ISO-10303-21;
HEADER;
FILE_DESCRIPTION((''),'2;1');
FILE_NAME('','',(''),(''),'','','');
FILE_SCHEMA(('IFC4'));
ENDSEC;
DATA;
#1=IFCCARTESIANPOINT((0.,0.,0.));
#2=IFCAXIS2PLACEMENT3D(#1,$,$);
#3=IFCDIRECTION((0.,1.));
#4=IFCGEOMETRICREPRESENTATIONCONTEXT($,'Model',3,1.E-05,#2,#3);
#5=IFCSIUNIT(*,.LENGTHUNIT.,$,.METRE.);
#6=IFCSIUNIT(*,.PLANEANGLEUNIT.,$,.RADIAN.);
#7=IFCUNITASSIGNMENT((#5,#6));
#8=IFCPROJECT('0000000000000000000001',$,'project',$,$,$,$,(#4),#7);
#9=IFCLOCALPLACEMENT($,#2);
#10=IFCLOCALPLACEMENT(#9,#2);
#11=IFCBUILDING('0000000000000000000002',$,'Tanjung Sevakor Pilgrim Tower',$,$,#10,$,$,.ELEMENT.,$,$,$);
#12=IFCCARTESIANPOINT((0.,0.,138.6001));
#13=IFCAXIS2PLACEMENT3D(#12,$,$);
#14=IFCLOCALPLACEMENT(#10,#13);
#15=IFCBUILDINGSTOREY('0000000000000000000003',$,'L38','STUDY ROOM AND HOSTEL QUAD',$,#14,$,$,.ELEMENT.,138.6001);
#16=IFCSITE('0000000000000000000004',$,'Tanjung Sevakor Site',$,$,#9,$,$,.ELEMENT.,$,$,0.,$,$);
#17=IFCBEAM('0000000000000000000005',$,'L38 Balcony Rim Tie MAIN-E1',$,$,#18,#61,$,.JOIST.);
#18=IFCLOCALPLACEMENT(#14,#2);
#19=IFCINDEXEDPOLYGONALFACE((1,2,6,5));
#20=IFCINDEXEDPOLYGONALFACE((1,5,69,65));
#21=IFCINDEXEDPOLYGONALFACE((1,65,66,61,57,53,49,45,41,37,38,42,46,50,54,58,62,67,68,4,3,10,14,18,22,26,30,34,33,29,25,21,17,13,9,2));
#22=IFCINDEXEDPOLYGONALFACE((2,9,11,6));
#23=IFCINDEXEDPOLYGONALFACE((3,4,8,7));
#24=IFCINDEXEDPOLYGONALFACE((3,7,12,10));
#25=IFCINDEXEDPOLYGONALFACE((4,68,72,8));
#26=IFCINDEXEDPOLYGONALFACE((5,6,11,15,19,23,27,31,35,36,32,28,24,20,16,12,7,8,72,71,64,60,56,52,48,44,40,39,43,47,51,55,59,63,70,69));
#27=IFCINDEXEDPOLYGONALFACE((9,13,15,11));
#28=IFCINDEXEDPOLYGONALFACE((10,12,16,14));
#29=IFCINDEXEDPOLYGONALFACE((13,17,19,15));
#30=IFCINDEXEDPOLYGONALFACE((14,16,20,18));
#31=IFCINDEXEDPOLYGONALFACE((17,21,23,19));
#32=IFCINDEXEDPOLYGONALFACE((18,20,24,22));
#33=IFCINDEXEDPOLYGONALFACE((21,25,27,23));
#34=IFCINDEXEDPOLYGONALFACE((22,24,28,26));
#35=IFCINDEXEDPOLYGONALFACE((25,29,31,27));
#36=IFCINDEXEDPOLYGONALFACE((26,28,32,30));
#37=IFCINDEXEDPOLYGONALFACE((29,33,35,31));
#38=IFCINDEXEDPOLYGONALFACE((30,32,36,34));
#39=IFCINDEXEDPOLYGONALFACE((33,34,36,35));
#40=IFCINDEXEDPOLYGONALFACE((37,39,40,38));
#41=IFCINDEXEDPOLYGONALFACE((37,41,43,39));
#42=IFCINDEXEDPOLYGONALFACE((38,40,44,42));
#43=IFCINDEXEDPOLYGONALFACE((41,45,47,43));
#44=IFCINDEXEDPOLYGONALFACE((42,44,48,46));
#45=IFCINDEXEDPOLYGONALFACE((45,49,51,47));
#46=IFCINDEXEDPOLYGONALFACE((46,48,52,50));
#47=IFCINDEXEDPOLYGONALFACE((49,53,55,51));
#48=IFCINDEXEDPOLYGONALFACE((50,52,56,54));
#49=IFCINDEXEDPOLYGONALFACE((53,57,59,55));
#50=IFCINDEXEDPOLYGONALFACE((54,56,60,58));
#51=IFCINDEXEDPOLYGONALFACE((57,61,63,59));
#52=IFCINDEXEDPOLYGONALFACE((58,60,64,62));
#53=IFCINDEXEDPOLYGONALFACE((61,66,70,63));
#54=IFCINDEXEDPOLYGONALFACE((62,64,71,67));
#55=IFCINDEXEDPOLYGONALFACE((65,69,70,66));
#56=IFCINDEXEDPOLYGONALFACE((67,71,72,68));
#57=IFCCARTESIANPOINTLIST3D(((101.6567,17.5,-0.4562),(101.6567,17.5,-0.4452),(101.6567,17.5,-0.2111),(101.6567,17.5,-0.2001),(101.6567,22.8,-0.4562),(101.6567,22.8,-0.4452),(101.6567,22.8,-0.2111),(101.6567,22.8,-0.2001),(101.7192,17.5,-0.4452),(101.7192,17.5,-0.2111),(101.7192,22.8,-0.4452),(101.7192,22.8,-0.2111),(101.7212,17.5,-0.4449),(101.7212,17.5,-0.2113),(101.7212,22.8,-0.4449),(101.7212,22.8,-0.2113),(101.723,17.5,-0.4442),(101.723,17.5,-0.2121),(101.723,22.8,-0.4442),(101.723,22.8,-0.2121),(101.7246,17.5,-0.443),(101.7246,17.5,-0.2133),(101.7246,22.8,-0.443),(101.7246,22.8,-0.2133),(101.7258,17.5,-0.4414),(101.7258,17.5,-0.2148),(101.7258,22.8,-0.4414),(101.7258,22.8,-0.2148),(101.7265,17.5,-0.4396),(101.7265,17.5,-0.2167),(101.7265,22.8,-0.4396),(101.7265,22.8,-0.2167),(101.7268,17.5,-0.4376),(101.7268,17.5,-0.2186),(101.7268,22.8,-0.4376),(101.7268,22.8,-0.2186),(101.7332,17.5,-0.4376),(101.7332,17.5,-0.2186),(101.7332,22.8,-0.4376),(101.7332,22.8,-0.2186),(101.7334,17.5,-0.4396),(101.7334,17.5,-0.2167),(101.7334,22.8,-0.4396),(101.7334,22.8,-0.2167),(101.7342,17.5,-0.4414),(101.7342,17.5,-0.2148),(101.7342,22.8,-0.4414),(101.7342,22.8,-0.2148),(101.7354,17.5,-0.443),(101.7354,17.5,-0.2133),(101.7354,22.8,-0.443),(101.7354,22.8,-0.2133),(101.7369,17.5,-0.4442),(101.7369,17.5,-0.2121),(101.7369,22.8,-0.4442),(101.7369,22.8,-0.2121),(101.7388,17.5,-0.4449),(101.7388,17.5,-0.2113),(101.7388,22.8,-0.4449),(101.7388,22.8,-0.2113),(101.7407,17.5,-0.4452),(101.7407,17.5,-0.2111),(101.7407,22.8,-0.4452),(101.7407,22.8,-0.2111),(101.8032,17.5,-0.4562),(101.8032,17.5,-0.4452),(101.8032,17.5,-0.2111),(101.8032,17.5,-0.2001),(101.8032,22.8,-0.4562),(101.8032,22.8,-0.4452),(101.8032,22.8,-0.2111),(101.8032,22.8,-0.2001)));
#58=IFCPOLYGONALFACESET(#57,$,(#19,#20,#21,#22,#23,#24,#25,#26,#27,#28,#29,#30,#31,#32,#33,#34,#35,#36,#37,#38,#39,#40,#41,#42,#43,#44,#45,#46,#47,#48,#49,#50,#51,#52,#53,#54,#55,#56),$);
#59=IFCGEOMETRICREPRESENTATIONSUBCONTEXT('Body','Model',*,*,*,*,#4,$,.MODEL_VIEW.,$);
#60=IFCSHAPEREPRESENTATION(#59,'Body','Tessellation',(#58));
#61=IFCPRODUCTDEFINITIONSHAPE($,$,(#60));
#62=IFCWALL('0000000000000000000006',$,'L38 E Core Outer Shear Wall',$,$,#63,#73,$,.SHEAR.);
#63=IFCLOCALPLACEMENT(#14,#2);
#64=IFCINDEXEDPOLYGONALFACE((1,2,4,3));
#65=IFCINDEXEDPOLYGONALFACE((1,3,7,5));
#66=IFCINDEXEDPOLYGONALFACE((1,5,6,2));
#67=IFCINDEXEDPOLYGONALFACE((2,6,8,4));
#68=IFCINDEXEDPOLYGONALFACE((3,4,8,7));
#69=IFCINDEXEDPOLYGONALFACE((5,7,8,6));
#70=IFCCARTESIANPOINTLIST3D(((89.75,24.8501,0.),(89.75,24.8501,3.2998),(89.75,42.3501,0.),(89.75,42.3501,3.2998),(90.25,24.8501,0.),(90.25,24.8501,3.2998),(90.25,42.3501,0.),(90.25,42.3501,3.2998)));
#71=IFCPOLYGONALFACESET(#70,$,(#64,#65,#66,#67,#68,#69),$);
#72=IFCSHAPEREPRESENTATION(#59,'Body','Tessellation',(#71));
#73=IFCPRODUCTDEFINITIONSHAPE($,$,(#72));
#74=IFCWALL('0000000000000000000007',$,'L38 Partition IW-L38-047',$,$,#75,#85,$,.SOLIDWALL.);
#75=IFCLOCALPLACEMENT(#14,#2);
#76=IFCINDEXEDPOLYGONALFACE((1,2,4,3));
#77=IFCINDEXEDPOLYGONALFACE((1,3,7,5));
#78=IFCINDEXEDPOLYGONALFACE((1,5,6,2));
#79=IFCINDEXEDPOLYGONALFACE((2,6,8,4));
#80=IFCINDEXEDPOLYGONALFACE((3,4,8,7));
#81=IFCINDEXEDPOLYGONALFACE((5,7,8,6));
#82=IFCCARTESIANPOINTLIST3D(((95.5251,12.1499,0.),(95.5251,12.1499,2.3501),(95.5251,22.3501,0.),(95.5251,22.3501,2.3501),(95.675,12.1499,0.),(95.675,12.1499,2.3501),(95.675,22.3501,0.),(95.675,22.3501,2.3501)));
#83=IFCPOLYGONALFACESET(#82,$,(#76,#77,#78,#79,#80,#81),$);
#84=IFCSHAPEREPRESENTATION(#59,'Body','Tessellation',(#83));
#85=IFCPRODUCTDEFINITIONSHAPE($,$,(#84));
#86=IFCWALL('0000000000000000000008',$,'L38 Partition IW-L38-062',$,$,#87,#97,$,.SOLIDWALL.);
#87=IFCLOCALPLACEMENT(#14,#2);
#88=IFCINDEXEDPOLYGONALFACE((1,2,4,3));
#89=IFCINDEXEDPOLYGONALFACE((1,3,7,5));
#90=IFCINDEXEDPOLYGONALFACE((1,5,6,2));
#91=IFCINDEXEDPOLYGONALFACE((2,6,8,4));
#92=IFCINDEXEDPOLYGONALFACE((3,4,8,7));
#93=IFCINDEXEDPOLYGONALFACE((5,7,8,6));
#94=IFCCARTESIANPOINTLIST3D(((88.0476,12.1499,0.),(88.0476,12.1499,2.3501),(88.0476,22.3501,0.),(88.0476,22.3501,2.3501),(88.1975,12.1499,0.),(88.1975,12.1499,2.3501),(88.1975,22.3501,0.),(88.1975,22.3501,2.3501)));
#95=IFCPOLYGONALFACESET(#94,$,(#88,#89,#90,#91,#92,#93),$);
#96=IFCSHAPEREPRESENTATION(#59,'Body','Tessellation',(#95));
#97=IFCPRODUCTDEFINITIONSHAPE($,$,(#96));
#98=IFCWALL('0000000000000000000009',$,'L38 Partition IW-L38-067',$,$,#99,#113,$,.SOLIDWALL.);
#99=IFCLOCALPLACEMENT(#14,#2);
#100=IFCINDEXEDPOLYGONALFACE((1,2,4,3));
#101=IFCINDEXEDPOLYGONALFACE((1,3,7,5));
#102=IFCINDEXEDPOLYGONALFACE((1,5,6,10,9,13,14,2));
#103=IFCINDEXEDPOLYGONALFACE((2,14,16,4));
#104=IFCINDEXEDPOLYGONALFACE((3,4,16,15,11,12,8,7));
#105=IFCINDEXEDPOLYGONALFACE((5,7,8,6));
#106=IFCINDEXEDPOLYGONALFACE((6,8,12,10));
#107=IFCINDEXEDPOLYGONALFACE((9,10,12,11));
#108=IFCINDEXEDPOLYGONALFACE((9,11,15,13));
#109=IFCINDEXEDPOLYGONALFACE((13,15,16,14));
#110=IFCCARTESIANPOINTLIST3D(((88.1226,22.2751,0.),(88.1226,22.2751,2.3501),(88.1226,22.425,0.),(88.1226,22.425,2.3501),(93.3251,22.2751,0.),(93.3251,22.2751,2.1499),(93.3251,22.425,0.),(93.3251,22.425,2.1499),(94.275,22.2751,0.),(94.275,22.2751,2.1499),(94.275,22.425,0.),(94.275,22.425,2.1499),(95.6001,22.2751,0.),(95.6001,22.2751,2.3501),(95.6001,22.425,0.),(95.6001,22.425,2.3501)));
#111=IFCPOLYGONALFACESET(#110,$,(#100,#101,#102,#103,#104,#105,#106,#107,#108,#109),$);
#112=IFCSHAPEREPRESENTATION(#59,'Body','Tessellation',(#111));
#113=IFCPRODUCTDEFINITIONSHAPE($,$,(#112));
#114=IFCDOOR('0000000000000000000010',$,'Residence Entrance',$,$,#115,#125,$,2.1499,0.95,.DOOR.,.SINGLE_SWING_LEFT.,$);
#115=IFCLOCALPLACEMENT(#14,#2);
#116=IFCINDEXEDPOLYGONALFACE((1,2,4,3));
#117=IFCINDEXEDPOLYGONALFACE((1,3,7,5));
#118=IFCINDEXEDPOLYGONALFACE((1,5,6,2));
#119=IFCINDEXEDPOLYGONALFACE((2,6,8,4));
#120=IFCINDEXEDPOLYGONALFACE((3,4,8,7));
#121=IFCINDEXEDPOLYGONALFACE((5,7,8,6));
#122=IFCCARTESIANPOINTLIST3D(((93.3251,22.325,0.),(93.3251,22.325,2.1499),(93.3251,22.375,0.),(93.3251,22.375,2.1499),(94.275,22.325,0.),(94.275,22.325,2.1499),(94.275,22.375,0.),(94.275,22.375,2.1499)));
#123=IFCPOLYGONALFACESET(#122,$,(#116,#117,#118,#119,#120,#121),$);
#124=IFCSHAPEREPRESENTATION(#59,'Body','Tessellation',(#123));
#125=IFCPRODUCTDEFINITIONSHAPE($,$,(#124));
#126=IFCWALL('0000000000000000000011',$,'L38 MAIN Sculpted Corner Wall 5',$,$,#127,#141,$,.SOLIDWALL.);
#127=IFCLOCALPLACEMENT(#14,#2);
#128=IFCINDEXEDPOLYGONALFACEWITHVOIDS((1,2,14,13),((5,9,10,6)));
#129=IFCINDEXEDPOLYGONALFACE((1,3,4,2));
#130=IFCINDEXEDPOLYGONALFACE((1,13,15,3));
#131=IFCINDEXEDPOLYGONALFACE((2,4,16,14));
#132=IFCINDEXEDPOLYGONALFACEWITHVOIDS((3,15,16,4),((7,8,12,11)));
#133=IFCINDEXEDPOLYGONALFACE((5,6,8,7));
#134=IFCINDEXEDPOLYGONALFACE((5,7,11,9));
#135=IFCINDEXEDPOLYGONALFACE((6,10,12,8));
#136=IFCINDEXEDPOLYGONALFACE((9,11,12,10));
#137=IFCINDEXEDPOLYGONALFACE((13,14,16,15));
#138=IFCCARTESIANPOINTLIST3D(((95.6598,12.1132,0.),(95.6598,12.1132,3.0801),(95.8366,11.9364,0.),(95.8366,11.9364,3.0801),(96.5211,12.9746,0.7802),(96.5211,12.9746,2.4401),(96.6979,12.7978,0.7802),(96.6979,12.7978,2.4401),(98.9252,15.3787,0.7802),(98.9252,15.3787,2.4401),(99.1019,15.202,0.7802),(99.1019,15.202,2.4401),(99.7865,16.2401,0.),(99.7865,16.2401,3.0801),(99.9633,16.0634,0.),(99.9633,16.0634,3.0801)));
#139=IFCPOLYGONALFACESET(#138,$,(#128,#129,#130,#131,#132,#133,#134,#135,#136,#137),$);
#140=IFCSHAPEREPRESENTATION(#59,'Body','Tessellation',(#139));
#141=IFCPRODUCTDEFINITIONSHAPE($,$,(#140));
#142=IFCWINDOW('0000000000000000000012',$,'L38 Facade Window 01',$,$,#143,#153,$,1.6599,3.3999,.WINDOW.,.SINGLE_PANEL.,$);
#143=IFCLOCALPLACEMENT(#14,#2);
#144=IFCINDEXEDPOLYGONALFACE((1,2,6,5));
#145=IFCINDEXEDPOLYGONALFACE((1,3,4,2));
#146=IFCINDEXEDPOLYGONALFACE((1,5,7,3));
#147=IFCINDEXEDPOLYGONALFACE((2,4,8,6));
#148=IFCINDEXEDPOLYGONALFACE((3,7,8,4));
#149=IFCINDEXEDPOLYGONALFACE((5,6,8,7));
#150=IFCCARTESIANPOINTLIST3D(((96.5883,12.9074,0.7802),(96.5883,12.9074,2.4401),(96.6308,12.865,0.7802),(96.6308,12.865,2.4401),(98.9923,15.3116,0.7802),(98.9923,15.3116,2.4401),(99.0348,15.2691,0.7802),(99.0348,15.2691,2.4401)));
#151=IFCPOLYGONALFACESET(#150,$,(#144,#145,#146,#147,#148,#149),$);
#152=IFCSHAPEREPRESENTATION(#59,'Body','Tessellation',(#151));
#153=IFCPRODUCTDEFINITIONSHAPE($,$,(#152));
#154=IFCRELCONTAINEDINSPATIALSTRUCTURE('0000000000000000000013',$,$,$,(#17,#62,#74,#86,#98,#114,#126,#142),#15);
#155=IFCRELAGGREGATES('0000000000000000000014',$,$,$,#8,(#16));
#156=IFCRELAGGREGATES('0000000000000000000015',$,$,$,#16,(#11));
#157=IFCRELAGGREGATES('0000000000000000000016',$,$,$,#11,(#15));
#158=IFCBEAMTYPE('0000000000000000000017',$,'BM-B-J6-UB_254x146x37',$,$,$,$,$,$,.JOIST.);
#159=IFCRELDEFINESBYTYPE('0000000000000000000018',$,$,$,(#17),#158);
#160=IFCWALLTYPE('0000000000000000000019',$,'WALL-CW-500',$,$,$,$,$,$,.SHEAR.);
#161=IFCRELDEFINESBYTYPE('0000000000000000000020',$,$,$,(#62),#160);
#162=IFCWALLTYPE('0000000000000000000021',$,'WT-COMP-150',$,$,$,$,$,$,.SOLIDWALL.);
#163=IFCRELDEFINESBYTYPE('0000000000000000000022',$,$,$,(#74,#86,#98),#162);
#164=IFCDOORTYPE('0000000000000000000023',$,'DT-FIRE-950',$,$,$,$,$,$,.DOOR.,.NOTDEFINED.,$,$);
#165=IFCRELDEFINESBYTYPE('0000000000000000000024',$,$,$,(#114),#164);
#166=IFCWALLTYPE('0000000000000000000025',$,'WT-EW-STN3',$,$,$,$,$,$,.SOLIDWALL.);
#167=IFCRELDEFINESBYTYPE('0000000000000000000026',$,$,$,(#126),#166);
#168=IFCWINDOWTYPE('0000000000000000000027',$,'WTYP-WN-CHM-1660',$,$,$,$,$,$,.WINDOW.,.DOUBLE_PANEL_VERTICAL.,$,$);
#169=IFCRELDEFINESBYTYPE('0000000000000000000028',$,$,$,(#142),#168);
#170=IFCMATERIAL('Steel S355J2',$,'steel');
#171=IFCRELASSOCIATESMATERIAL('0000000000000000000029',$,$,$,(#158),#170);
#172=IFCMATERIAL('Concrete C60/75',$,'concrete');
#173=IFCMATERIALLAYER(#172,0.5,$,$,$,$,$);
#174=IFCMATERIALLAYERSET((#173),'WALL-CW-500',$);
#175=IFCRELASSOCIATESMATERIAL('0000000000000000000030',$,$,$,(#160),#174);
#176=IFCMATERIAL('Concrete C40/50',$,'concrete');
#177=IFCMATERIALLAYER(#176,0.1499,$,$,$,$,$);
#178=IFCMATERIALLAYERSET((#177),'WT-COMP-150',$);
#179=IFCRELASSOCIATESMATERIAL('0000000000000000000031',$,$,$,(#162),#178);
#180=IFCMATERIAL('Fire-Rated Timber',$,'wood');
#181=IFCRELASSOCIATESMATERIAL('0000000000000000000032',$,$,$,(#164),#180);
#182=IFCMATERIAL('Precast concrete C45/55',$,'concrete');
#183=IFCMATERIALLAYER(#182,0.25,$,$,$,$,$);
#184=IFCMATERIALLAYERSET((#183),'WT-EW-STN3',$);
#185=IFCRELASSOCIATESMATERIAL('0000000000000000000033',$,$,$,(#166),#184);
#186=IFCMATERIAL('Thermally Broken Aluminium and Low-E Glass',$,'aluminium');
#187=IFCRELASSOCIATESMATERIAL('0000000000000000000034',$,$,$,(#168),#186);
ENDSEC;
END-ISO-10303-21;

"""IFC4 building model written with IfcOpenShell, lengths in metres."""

from ifc_helpers import new_model, si_unit, direction, frame, frame_2d, origin, origin_2d, place, context, subcontext, project, spatial, rectangle, i_section, extrude, material, layer, layer_set, material_profile, profile_set, type_object, element, fill, save


model = new_model("IFC4")

# Units and contexts
model_context = context("Model", 3, precision=1e-05, world=origin(), true_north=direction((0.0, 1.0)))
body_context = subcontext(model_context, "Body", "Model", "MODEL_VIEW")
ifc_project = project(units=[si_unit("LENGTHUNIT", "METRE"), si_unit("PLANEANGLEUNIT", "RADIAN")], contexts=[model_context])

# Site, building, storey
site_placement = place(None, origin())
site = spatial("IfcSite", under=ifc_project, at=site_placement, Name="Tanjung Sevakor Site", CompositionType="ELEMENT", RefElevation=0.0)
building_placement = place(site_placement, origin())
building = spatial("IfcBuilding", under=site, at=building_placement, Name="Tanjung Sevakor Pilgrim Tower", CompositionType="ELEMENT")
storey_placement = place(building_placement, frame((0.0, 0.0, 138.6001)))
storey = spatial("IfcBuildingStorey", under=building, at=storey_placement, Name="L38", Description="STUDY ROOM AND HOSTEL QUAD", CompositionType="ELEMENT", Elevation=138.6001)

# Beam
ifc_material_1 = material(Name="Steel S355J2", Category="steel")
ifc_material_profile_1 = material_profile(ifc_material_1, i_section(OverallWidth=0.1465, OverallDepth=0.2561, WebThickness=0.0063, FlangeThickness=0.011, FilletRadius=0.0076, at=origin_2d()))
ifc_profile_set_1 = profile_set([ifc_material_profile_1], Name="Steel S355J2")
beam_type_1 = type_object("IfcBeamType", Name="BM-B-J6-UB_254x146x37", PredefinedType="JOIST", material=ifc_profile_set_1)
beam_1_placement = place(storey_placement, frame((101.73, 17.5, -0.3281), z_axis=(0.0, 1.0, 0.0), x_axis=(-1.0, 0.0, 0.0)))
element("IfcBeam", 1, at=beam_1_placement, inside=storey, type_object=beam_type_1, Name="L38 Balcony Rim Tie MAIN-E1", PredefinedType="JOIST", context=body_context, shape_type="SweptSolid", body=[
    extrude(i_section(OverallWidth=0.1465, OverallDepth=0.2561, WebThickness=0.0063, FlangeThickness=0.011, FilletRadius=0.0076, at=origin_2d()), origin(), (0.0, 0.0, 1.0), 5.3),
])

# Walls
ifc_material_2 = material(Name="Concrete C60/75", Category="concrete")
ifc_layer_1 = layer(ifc_material_2, 0.5)
ifc_layer_set_1 = layer_set([ifc_layer_1], Name="WALL-CW-500")
wall_type_1 = type_object("IfcWallType", Name="WALL-CW-500", PredefinedType="SHEAR", material=ifc_layer_set_1)
wall_1_placement = place(storey_placement, frame((90.0, 24.8501, 0.0), z_axis=(0.0, 0.0, 1.0), x_axis=(0.0, 1.0, 0.0)))
element("IfcWall", 2, at=wall_1_placement, inside=storey, type_object=wall_type_1, Name="L38 E Core Outer Shear Wall", PredefinedType="SHEAR", context=body_context, shape_type="SweptSolid", body=[
    extrude(rectangle(XDim=17.5, YDim=0.5, at=frame_2d((8.75, 0.0))), origin(), (0.0, 0.0, 1.0), 3.2998),
])
ifc_material_3 = material(Name="Concrete C40/50", Category="concrete")
ifc_layer_2 = layer(ifc_material_3, 0.1499)
ifc_layer_set_2 = layer_set([ifc_layer_2], Name="WT-COMP-150")
wall_type_2 = type_object("IfcWallType", Name="WT-COMP-150", PredefinedType="SOLIDWALL", material=ifc_layer_set_2)
for number, where, z_axis, x_axis, name in (
    (3, (95.6001, 12.1499, 0.0), (0.0, 0.0, 1.0), (0.0, 1.0, 0.0), "L38 Partition IW-L38-047"),
    (4, (88.1226, 12.1499, 0.0), (0.0, 0.0, 1.0), (0.0, 1.0, 0.0), "L38 Partition IW-L38-062"),
):
    element("IfcWall", number, at=place(storey_placement, frame(where, z_axis=z_axis, x_axis=x_axis)), inside=storey, type_object=wall_type_2, Name=name, PredefinedType="SOLIDWALL", context=body_context, shape_type="SweptSolid", body=[
        extrude(rectangle(XDim=10.2002, YDim=0.1499, at=frame_2d((5.1001, 0.0))), origin(), (0.0, 0.0, 1.0), 2.3501),
    ])

# Wall, opening, door
wall_2_placement = place(storey_placement, frame((88.1226, 22.3501, 0.0), z_axis=(0.0, 0.0, 1.0), x_axis=(1.0, 0.0, 0.0)))
wall_2 = element("IfcWall", 5, at=wall_2_placement, inside=storey, type_object=wall_type_2, Name="L38 Partition IW-L38-067", PredefinedType="SOLIDWALL", context=body_context, shape_type="SweptSolid", body=[
    extrude(rectangle(XDim=7.4775, YDim=0.1499, at=frame_2d((3.7388, 0.0))), origin(), (0.0, 0.0, 1.0), 2.3501),
])
opening_1_placement = place(wall_2_placement, frame((5.2024, 0.0, 0.0)))
opening_1 = element("IfcOpeningElement", 6, at=opening_1_placement, cuts=wall_2, PredefinedType="OPENING", context=body_context, shape_type="SweptSolid", body=[
    extrude(rectangle(XDim=0.95, YDim=2.1499, at=frame_2d((0.4751, 1.075))), frame((0.0, 0.085, 0.0), z_axis=(0.0, -1.0, 0.0), x_axis=(1.0, 0.0, 0.0)), (0.0, 0.0, 1.0), 0.1699),
])
ifc_material_4 = material(Name="Fire-Rated Timber", Category="wood")
door_type_1 = type_object("IfcDoorType", Name="DT-FIRE-950", OperationType="NOTDEFINED", PredefinedType="DOOR", material=ifc_material_4)
door_1_placement = place(opening_1_placement, origin())
door_1 = element("IfcDoor", 7, at=door_1_placement, inside=storey, type_object=door_type_1, Name="Residence Entrance", OperationType="SINGLE_SWING_LEFT", OverallHeight=2.1499, OverallWidth=0.95, PredefinedType="DOOR", context=body_context, shape_type="SweptSolid", body=[
    extrude(rectangle(XDim=0.95, YDim=2.1499, at=frame_2d((0.4751, 1.075))), frame((0.0, 0.0249, 0.0), z_axis=(0.0, -1.0, 0.0), x_axis=(1.0, 0.0, 0.0)), (0.0, 0.0, 1.0), 0.05),
])
fill(opening_1, door_1)

# Wall, opening, window
ifc_material_5 = material(Name="Precast concrete C45/55", Category="concrete")
ifc_layer_3 = layer(ifc_material_5, 0.25)
ifc_layer_set_3 = layer_set([ifc_layer_3], Name="WT-EW-STN3")
wall_type_3 = type_object("IfcWallType", Name="WT-EW-STN3", PredefinedType="SOLIDWALL", material=ifc_layer_set_3)
wall_3_placement = place(storey_placement, frame((95.7483, 12.0249, 0.0), z_axis=(0.0, 0.0, 1.0), x_axis=(0.707086, 0.707128, 0.0)))
wall_3 = element("IfcWall", 8, at=wall_3_placement, inside=storey, type_object=wall_type_3, Name="L38 MAIN Sculpted Corner Wall 5", PredefinedType="SOLIDWALL", context=body_context, shape_type="SweptSolid", body=[
    extrude(rectangle(XDim=5.8362, YDim=0.25, at=frame_2d((2.918, 0.0))), origin(), (0.0, 0.0, 1.0), 3.0801),
])
opening_2_placement = place(wall_3_placement, frame((1.218, 0.0, 0.78)))
opening_2 = element("IfcOpeningElement", 9, at=opening_2_placement, cuts=wall_3, PredefinedType="OPENING", context=body_context, shape_type="SweptSolid", body=[
    extrude(rectangle(XDim=3.3999, YDim=1.6599, at=frame_2d((1.7, 0.8301))), frame((0.0, 0.135, 0.0), z_axis=(0.0, -1.0, 0.0), x_axis=(1.0, 0.0, 0.0)), (0.0, 0.0, 1.0), 0.27),
])
ifc_material_6 = material(Name="Thermally Broken Aluminium and Low-E Glass", Category="aluminium")
window_type = type_object("IfcWindowType", Name="WTYP-WN-CHM-1660", PartitioningType="DOUBLE_PANEL_VERTICAL", PredefinedType="WINDOW", material=ifc_material_6)
window_placement = place(opening_2_placement, origin())
window = element("IfcWindow", 10, at=window_placement, inside=storey, type_object=window_type, Name="L38 Facade Window 01", OverallHeight=1.6599, OverallWidth=3.3999, PartitioningType="SINGLE_PANEL", PredefinedType="WINDOW", context=body_context, shape_type="SweptSolid", body=[
    extrude(rectangle(XDim=3.3999, YDim=1.6599, at=frame_2d((1.7, 0.8301))), frame((0.0, 0.03, 0.0), z_axis=(0.0, -1.0, 0.0), x_axis=(1.0, 0.0, 0.0)), (0.0, 0.0, 1.0), 0.0601),
])
fill(opening_2, window)

save(model, "model.ifc")
